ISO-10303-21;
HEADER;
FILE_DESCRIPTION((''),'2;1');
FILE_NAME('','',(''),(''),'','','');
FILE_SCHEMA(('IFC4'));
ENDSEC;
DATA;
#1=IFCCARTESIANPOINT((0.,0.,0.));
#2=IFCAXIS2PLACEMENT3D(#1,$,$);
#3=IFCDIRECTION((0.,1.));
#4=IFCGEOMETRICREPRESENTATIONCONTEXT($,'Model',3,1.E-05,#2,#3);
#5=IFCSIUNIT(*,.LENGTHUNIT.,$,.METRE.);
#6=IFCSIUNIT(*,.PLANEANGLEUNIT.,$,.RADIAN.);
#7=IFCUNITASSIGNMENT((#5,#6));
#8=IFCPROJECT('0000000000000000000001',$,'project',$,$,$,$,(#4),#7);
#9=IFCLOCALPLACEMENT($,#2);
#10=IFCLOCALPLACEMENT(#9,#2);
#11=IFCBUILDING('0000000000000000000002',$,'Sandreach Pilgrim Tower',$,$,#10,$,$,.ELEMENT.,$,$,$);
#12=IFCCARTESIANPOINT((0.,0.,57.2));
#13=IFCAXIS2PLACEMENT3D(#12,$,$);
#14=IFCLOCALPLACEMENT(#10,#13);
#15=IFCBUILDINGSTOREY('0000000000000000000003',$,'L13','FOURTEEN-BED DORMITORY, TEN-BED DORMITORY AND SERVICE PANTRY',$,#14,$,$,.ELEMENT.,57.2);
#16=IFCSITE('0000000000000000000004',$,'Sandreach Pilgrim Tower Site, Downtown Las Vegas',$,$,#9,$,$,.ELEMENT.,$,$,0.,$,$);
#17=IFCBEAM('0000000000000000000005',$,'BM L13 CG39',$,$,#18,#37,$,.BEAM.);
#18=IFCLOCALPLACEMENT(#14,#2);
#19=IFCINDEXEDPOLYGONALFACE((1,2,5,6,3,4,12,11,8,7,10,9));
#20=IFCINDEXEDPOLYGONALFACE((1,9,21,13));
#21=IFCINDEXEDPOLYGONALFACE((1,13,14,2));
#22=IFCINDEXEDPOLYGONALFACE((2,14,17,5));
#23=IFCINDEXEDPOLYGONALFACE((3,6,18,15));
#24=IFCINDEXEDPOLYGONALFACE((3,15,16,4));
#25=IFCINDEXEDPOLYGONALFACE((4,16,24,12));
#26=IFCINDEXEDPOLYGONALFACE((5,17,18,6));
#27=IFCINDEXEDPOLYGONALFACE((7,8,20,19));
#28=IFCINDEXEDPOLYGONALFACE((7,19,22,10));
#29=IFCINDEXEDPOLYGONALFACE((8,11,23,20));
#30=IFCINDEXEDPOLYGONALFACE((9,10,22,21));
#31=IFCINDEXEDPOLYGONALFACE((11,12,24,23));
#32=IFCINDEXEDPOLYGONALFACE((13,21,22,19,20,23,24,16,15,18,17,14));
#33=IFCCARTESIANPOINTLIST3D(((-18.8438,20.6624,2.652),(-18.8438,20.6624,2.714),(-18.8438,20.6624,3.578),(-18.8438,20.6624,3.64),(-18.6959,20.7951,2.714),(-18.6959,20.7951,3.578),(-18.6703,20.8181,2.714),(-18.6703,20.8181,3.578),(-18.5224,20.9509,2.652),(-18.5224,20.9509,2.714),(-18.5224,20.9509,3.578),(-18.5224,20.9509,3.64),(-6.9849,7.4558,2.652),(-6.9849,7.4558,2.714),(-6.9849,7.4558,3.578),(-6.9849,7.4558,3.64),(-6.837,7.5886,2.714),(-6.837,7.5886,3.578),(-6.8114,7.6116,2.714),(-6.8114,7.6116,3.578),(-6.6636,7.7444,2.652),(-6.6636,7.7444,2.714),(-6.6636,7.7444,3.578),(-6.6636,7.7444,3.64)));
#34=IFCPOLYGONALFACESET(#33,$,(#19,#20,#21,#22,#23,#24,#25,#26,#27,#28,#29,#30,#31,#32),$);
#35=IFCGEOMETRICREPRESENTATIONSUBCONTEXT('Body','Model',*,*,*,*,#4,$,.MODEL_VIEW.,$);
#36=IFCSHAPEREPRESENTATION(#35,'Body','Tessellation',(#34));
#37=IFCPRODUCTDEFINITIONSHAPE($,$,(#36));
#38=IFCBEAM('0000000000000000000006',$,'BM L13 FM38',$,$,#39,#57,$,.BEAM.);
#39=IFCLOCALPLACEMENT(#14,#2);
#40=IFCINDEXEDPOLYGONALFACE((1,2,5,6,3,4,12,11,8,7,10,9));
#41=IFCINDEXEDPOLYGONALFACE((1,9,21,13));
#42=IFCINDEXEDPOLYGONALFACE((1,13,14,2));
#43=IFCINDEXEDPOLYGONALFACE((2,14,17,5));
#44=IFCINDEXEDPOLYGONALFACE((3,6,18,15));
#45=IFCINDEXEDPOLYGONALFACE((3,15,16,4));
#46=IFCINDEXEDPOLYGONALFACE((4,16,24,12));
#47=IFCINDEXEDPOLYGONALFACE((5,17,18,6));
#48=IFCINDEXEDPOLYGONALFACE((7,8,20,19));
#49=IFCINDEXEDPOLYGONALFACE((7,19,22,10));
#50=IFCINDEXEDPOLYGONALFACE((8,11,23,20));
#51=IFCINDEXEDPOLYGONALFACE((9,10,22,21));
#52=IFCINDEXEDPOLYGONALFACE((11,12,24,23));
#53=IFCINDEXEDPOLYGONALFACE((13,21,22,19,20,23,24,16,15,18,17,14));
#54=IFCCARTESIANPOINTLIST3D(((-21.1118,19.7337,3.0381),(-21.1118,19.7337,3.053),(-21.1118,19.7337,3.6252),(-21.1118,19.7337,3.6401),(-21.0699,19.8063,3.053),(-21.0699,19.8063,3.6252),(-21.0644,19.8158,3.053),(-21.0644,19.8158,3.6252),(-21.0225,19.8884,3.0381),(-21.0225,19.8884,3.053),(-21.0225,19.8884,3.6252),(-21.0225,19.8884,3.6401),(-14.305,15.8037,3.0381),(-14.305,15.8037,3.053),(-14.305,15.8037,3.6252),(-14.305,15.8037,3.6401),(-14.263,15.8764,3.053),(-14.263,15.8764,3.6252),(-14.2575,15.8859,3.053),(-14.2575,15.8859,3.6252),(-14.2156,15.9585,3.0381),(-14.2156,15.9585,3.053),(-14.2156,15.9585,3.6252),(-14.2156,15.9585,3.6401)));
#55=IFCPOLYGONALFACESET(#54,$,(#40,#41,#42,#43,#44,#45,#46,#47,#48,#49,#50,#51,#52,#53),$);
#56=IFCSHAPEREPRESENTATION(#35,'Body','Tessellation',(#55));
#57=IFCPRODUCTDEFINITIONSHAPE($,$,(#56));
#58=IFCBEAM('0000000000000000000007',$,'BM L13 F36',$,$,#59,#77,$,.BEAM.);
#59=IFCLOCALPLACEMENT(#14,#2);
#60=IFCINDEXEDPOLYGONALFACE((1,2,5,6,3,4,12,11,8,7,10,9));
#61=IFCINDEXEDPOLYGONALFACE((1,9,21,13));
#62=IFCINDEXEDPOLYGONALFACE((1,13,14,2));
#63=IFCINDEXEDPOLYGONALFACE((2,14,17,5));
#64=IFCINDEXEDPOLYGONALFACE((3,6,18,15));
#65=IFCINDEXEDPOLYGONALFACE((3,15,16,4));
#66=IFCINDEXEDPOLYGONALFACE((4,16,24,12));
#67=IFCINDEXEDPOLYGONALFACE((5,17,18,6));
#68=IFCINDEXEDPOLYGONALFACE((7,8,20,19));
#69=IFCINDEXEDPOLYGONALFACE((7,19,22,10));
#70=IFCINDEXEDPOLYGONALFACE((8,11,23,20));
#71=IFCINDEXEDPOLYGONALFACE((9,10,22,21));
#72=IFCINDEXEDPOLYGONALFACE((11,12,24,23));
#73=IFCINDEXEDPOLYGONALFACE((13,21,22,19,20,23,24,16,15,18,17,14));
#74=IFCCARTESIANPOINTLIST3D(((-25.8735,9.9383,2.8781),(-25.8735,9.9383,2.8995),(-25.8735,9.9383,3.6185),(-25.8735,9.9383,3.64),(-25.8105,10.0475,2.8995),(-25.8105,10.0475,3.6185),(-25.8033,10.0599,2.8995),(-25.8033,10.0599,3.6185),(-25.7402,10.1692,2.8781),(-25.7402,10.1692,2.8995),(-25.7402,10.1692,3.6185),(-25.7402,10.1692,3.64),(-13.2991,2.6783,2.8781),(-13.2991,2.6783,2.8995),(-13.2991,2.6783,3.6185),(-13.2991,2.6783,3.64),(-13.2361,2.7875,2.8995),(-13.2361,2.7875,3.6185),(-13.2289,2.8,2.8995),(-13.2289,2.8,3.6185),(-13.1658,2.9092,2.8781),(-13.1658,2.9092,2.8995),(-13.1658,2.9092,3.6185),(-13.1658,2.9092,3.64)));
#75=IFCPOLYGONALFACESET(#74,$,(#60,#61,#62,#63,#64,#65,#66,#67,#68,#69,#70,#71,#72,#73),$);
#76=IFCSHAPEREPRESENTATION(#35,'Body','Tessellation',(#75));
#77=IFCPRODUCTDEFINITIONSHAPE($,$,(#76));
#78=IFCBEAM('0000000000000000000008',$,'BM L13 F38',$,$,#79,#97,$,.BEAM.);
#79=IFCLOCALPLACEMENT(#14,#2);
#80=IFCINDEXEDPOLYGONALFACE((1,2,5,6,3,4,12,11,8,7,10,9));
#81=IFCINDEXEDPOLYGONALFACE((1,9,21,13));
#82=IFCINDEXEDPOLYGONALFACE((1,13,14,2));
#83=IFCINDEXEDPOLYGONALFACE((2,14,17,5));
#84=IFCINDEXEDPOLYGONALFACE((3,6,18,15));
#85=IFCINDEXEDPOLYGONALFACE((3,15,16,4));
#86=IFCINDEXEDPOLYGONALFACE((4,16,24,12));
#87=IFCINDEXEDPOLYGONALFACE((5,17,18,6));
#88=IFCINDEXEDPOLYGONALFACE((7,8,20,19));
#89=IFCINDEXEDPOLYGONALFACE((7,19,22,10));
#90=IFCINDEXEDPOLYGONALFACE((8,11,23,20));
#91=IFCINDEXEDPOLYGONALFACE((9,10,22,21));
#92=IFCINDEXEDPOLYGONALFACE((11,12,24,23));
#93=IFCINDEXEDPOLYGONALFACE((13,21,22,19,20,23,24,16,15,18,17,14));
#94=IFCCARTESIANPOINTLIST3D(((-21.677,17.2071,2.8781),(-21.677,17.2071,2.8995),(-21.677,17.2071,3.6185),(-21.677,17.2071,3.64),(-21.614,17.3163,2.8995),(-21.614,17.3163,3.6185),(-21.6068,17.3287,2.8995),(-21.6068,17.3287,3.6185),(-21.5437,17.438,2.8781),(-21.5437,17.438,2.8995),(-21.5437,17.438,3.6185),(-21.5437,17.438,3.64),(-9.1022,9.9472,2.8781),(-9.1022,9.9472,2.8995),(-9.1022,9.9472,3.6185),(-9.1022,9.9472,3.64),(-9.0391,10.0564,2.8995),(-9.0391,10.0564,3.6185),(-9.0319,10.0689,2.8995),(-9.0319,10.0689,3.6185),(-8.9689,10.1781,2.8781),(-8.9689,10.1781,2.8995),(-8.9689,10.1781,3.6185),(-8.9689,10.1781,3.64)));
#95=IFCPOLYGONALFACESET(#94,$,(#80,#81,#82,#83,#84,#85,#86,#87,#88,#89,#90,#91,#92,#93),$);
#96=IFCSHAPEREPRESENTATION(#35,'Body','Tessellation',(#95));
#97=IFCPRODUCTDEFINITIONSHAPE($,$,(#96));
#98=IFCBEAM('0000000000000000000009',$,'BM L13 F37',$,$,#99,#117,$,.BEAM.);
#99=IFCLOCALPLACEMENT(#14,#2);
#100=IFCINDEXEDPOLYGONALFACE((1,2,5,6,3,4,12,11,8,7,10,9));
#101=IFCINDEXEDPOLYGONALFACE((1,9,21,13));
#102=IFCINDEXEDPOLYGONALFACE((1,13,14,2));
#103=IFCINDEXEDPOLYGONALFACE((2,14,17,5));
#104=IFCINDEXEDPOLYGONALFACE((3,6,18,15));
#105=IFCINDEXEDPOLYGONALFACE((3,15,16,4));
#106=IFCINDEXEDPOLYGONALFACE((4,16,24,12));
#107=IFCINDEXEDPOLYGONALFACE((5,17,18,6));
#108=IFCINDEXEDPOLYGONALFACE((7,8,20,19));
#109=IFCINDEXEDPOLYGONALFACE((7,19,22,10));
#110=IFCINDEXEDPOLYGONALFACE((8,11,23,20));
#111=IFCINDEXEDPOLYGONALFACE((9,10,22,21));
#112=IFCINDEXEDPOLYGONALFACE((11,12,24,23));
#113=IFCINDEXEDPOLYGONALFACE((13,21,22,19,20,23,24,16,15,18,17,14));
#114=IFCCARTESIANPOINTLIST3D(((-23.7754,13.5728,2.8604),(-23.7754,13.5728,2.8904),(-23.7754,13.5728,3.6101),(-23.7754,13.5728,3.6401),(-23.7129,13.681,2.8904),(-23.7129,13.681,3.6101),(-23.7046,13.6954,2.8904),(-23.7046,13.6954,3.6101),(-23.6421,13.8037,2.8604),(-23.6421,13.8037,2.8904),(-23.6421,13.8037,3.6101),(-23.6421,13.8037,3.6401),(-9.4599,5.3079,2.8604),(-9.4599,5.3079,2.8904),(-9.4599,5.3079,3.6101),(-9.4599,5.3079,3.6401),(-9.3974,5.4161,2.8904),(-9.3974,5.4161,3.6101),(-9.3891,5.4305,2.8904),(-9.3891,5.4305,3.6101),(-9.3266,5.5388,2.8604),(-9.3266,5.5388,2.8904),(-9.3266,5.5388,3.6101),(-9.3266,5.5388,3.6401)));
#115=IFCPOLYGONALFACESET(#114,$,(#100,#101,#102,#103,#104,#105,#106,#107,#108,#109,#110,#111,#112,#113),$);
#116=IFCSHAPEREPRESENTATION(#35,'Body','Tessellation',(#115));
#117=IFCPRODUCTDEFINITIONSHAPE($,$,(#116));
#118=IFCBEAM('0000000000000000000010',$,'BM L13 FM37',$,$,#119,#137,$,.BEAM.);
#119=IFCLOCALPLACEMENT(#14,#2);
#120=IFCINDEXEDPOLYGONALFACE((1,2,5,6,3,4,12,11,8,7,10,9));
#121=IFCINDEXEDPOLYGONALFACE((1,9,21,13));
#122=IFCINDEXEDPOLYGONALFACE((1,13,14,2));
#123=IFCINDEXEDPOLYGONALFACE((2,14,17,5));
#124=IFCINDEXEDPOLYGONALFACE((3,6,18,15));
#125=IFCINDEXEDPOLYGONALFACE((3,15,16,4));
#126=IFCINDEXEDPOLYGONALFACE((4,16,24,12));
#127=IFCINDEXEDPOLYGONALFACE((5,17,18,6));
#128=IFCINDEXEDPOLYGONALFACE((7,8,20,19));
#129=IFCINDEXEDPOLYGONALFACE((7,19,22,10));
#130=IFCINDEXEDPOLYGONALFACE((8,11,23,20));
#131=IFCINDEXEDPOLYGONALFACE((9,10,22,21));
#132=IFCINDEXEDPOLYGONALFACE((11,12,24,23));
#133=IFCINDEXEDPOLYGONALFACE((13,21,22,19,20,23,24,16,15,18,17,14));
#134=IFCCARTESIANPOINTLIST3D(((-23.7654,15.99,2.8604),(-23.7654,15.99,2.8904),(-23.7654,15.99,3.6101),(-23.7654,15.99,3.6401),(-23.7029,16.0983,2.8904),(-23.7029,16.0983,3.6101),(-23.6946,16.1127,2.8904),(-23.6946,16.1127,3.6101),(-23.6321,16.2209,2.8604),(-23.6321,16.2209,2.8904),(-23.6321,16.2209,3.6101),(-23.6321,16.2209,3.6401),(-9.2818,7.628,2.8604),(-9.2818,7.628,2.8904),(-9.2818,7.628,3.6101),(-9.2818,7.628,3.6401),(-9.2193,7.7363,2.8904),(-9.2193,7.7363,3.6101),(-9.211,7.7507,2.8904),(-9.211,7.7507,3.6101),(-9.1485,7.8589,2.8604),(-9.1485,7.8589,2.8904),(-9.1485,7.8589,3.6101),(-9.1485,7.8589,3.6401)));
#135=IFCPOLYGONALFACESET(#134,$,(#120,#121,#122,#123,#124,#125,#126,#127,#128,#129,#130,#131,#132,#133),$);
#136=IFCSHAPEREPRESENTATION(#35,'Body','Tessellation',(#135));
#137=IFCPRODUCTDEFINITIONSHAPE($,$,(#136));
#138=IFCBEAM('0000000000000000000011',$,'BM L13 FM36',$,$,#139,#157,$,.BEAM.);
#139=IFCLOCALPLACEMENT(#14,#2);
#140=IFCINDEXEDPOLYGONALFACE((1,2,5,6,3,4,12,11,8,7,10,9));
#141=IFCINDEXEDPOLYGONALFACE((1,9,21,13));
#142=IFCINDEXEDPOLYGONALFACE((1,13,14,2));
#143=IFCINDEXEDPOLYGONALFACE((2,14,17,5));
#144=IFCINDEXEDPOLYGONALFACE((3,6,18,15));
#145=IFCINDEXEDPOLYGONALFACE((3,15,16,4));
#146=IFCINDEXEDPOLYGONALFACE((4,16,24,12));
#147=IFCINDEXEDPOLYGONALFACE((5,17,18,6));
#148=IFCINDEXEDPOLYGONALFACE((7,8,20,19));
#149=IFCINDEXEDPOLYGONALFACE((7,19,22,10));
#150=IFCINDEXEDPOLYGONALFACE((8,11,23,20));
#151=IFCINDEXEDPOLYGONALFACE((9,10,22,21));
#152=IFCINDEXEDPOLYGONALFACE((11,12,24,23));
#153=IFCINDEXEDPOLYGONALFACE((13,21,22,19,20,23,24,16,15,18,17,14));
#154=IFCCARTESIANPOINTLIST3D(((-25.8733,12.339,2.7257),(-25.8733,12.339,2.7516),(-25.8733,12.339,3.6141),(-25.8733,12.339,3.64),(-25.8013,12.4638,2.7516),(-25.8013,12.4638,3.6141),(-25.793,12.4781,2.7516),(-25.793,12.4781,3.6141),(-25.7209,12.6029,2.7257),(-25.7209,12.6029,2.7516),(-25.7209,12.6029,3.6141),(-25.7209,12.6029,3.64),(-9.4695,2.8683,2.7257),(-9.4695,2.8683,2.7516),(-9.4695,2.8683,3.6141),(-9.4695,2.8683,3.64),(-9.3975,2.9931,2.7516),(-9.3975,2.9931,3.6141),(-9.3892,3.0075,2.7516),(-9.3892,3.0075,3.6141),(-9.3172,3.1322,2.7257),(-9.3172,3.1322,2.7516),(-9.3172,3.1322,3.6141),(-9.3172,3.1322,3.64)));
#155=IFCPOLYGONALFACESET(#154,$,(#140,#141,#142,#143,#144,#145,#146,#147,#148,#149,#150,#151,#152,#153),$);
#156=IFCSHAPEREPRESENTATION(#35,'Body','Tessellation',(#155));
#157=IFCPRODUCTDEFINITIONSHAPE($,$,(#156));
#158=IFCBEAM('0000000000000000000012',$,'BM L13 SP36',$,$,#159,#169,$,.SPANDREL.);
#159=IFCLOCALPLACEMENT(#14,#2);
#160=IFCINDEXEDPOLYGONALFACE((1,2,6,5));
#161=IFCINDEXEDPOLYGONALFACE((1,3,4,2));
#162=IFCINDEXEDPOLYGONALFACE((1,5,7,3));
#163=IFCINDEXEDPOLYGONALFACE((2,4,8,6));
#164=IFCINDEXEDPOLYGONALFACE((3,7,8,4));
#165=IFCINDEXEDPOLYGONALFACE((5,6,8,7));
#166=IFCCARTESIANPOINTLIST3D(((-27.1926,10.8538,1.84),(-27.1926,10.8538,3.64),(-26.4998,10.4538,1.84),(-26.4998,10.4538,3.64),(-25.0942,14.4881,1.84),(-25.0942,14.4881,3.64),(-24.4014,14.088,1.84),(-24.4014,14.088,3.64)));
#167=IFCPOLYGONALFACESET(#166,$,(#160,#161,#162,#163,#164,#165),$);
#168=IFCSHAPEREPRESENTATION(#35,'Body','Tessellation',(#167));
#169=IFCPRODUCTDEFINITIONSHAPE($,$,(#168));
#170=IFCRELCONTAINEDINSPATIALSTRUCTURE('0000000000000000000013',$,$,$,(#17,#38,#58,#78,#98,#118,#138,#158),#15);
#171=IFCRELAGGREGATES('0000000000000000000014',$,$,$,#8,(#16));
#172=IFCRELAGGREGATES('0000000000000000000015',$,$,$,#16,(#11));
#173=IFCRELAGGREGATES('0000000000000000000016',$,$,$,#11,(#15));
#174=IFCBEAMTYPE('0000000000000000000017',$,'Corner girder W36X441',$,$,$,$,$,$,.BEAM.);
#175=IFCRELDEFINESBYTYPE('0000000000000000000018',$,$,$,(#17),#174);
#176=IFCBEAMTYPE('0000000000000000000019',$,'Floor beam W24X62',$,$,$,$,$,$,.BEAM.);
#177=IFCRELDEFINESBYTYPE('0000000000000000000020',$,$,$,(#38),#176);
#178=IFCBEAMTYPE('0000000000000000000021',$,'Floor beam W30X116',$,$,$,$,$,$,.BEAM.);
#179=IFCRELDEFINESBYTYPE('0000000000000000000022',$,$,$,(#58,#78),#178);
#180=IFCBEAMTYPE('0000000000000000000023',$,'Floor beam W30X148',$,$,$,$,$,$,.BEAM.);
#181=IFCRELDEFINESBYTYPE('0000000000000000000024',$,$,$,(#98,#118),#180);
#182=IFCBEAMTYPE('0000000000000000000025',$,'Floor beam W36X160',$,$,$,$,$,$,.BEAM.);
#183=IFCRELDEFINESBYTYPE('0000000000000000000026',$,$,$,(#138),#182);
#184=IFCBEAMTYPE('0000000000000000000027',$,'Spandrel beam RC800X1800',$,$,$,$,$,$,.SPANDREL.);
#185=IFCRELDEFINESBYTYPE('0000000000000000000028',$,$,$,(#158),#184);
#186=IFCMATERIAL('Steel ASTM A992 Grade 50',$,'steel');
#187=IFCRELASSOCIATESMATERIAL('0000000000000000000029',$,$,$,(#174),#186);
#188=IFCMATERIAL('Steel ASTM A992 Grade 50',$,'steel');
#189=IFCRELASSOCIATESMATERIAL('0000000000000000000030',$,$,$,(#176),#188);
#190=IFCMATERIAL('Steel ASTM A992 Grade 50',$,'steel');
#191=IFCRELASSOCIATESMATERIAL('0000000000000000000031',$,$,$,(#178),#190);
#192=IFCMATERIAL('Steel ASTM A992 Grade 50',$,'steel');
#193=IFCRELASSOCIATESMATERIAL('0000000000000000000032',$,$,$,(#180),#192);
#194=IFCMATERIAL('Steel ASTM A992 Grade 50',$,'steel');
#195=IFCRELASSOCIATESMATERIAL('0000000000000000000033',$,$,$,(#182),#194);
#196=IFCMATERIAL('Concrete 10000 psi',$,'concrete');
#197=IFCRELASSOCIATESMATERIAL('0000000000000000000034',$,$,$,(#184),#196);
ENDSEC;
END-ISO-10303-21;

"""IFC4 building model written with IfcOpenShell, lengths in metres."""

from ifc_helpers import new_model, si_unit, direction, frame, origin, origin_2d, place, context, subcontext, project, spatial, rectangle, i_section, extrude, material, material_profile, profile_set, type_object, element, save


model = new_model("IFC4")

# Units and contexts
model_context = context("Model", 3, precision=1e-05, world=origin(), true_north=direction((0.0, 1.0)))
body_context = subcontext(model_context, "Body", "Model", "MODEL_VIEW")
ifc_project = project(units=[si_unit("LENGTHUNIT", "METRE"), si_unit("PLANEANGLEUNIT", "RADIAN")], contexts=[model_context])

# Site, building, storey
site_placement = place(None, origin())
site = spatial("IfcSite", under=ifc_project, at=site_placement, Name="Sandreach Pilgrim Tower Site, Downtown Las Vegas", CompositionType="ELEMENT", RefElevation=0.0)
building_placement = place(site_placement, origin())
building = spatial("IfcBuilding", under=site, at=building_placement, Name="Sandreach Pilgrim Tower", CompositionType="ELEMENT")
storey_placement = place(building_placement, frame((0.0, 0.0, 57.2)))
storey = spatial("IfcBuildingStorey", under=building, at=storey_placement, Name="L13", Description="FOURTEEN-BED DORMITORY, TEN-BED DORMITORY AND SERVICE PANTRY", CompositionType="ELEMENT", Elevation=57.2)

# Beams
ifc_material_1 = material(Name="Steel ASTM A992 Grade 50", Category="steel")
ifc_material_profile_1 = material_profile(ifc_material_1, i_section(OverallWidth=0.4319, OverallDepth=0.988, WebThickness=0.0344, FlangeThickness=0.062, at=origin_2d()), Name="W36X441")
ifc_profile_set_1 = profile_set([ifc_material_profile_1], Name="Steel ASTM A992 Grade 50")
beam_type_1 = type_object("IfcBeamType", Name="Corner girder W36X441", PredefinedType="BEAM", material=ifc_profile_set_1)
beam_1_placement = place(storey_placement, frame((-18.6831, 20.8066, 3.146), z_axis=(0.668124, -0.74405, 0.0), x_axis=(0.74405, 0.668124, 0.0)))
element("IfcBeam", 1, at=beam_1_placement, inside=storey, type_object=beam_type_1, Name="BM L13 CG39", PredefinedType="BEAM", context=body_context, shape_type="SweptSolid", body=[
    extrude(i_section(OverallWidth=0.4319, OverallDepth=0.988, WebThickness=0.0344, FlangeThickness=0.062, at=origin_2d()), origin(), (0.0, 0.0, 1.0), 17.7495),
])
ifc_material_2 = material(Name="Steel ASTM A992 Grade 50", Category="steel")
ifc_material_profile_2 = material_profile(ifc_material_2, i_section(OverallWidth=0.1787, OverallDepth=0.6021, WebThickness=0.011, FlangeThickness=0.0149, at=origin_2d()), Name="W24X62")
ifc_profile_set_2 = profile_set([ifc_material_profile_2], Name="Steel ASTM A992 Grade 50")
beam_type_2 = type_object("IfcBeamType", Name="Floor beam W24X62", PredefinedType="BEAM", material=ifc_profile_set_2)
beam_2_placement = place(storey_placement, frame((-21.0671, 19.811, 3.3391), z_axis=(0.866027, -0.499998, 0.0), x_axis=(0.499998, 0.866027, 0.0)))
element("IfcBeam", 2, at=beam_2_placement, inside=storey, type_object=beam_type_2, Name="BM L13 FM38", PredefinedType="BEAM", context=body_context, shape_type="SweptSolid", body=[
    extrude(i_section(OverallWidth=0.1787, OverallDepth=0.6021, WebThickness=0.011, FlangeThickness=0.0149, at=origin_2d()), origin(), (0.0, 0.0, 1.0), 7.8599),
])
ifc_material_3 = material(Name="Steel ASTM A992 Grade 50", Category="steel")
ifc_material_profile_3 = material_profile(ifc_material_3, i_section(OverallWidth=0.2666, OverallDepth=0.762, WebThickness=0.0144, FlangeThickness=0.0215, at=origin_2d()), Name="W30X116")
ifc_profile_set_3 = profile_set([ifc_material_profile_3], Name="Steel ASTM A992 Grade 50")
beam_type_3 = type_object("IfcBeamType", Name="Floor beam W30X116", PredefinedType="BEAM", material=ifc_profile_set_3)
beam_3_placement = place(storey_placement, frame((-25.8069, 10.0537, 3.259), z_axis=(0.866021, -0.500007, 0.0), x_axis=(0.500007, 0.866021, 0.0)))
element("IfcBeam", 3, at=beam_3_placement, inside=storey, type_object=beam_type_3, Name="BM L13 F36", PredefinedType="BEAM", context=body_context, shape_type="SweptSolid", body=[
    extrude(i_section(OverallWidth=0.2666, OverallDepth=0.762, WebThickness=0.0144, FlangeThickness=0.0215, at=origin_2d()), origin(), (0.0, 0.0, 1.0), 14.5198),
])
beam_4_placement = place(storey_placement, frame((-21.6104, 17.3225, 3.259), z_axis=(0.866033, -0.499987, 0.0), x_axis=(0.499987, 0.866033, 0.0)))
element("IfcBeam", 4, at=beam_4_placement, inside=storey, type_object=beam_type_3, Name="BM L13 F38", PredefinedType="BEAM", context=body_context, shape_type="SweptSolid", body=[
    extrude(i_section(OverallWidth=0.2666, OverallDepth=0.762, WebThickness=0.0144, FlangeThickness=0.0215, at=origin_2d()), origin(), (0.0, 0.0, 1.0), 14.52),
])
ifc_material_4 = material(Name="Steel ASTM A992 Grade 50", Category="steel")
ifc_material_profile_4 = material_profile(ifc_material_4, i_section(OverallWidth=0.2666, OverallDepth=0.7798, WebThickness=0.0166, FlangeThickness=0.03, at=origin_2d()), Name="W30X148")
ifc_profile_set_4 = profile_set([ifc_material_profile_4], Name="Steel ASTM A992 Grade 50")
beam_type_4 = type_object("IfcBeamType", Name="Floor beam W30X148", PredefinedType="BEAM", material=ifc_profile_set_4)
beam_5_placement = place(storey_placement, frame((-23.7087, 13.6882, 3.2502), z_axis=(0.866029, -0.499994, 0.0), x_axis=(0.499994, 0.866029, 0.0)))
element("IfcBeam", 5, at=beam_5_placement, inside=storey, type_object=beam_type_4, Name="BM L13 F37", PredefinedType="BEAM", context=body_context, shape_type="SweptSolid", body=[
    extrude(i_section(OverallWidth=0.2666, OverallDepth=0.7798, WebThickness=0.0166, FlangeThickness=0.03, at=origin_2d()), origin(), (0.0, 0.0, 1.0), 16.53),
])
beam_6_placement = place(storey_placement, frame((-23.6987, 16.1055, 3.2502), z_axis=(0.866027, -0.499997, 0.0), x_axis=(0.499997, 0.866027, 0.0)))
element("IfcBeam", 6, at=beam_6_placement, inside=storey, type_object=beam_type_4, Name="BM L13 FM37", PredefinedType="BEAM", context=body_context, shape_type="SweptSolid", body=[
    extrude(i_section(OverallWidth=0.2666, OverallDepth=0.7798, WebThickness=0.0166, FlangeThickness=0.03, at=origin_2d()), origin(), (0.0, 0.0, 1.0), 16.7241),
])
ifc_material_5 = material(Name="Steel ASTM A992 Grade 50", Category="steel")
ifc_material_profile_5 = material_profile(ifc_material_5, i_section(OverallWidth=0.3047, OverallDepth=0.9143, WebThickness=0.0166, FlangeThickness=0.0259, at=origin_2d()), Name="W36X160")
ifc_profile_set_5 = profile_set([ifc_material_profile_5], Name="Steel ASTM A992 Grade 50")
beam_type_5 = type_object("IfcBeamType", Name="Floor beam W36X160", PredefinedType="BEAM", material=ifc_profile_set_5)
beam_7_placement = place(storey_placement, frame((-25.7971, 12.4709, 3.1829), z_axis=(0.866026, -0.499998, 0.0), x_axis=(0.499998, 0.866026, 0.0)))
element("IfcBeam", 7, at=beam_7_placement, inside=storey, type_object=beam_type_5, Name="BM L13 FM36", PredefinedType="BEAM", context=body_context, shape_type="SweptSolid", body=[
    extrude(i_section(OverallWidth=0.3047, OverallDepth=0.9143, WebThickness=0.0166, FlangeThickness=0.0259, at=origin_2d()), origin(), (0.0, 0.0, 1.0), 18.9414),
])
ifc_material_6 = material(Name="Concrete 10000 psi", Category="concrete")
ifc_material_profile_6 = material_profile(ifc_material_6, rectangle(XDim=0.8, YDim=1.8, at=origin_2d()), Name="RC800X1800")
ifc_profile_set_6 = profile_set([ifc_material_profile_6], Name="Concrete 10000 psi")
beam_type_6 = type_object("IfcBeamType", Name="Spandrel beam RC800X1800", PredefinedType="SPANDREL", material=ifc_profile_set_6)
beam_8_placement = place(storey_placement, frame((-26.8462, 10.6538, 2.74), z_axis=(0.500025, 0.866011, 0.0), x_axis=(-0.866011, 0.500025, 0.0)))
element("IfcBeam", 8, at=beam_8_placement, inside=storey, type_object=beam_type_6, Name="BM L13 SP36", PredefinedType="SPANDREL", context=body_context, shape_type="SweptSolid", body=[
    extrude(rectangle(XDim=0.8, YDim=1.8, at=origin_2d()), origin(), (0.0, 0.0, 1.0), 4.1965),
])

save(model, "model.ifc")
